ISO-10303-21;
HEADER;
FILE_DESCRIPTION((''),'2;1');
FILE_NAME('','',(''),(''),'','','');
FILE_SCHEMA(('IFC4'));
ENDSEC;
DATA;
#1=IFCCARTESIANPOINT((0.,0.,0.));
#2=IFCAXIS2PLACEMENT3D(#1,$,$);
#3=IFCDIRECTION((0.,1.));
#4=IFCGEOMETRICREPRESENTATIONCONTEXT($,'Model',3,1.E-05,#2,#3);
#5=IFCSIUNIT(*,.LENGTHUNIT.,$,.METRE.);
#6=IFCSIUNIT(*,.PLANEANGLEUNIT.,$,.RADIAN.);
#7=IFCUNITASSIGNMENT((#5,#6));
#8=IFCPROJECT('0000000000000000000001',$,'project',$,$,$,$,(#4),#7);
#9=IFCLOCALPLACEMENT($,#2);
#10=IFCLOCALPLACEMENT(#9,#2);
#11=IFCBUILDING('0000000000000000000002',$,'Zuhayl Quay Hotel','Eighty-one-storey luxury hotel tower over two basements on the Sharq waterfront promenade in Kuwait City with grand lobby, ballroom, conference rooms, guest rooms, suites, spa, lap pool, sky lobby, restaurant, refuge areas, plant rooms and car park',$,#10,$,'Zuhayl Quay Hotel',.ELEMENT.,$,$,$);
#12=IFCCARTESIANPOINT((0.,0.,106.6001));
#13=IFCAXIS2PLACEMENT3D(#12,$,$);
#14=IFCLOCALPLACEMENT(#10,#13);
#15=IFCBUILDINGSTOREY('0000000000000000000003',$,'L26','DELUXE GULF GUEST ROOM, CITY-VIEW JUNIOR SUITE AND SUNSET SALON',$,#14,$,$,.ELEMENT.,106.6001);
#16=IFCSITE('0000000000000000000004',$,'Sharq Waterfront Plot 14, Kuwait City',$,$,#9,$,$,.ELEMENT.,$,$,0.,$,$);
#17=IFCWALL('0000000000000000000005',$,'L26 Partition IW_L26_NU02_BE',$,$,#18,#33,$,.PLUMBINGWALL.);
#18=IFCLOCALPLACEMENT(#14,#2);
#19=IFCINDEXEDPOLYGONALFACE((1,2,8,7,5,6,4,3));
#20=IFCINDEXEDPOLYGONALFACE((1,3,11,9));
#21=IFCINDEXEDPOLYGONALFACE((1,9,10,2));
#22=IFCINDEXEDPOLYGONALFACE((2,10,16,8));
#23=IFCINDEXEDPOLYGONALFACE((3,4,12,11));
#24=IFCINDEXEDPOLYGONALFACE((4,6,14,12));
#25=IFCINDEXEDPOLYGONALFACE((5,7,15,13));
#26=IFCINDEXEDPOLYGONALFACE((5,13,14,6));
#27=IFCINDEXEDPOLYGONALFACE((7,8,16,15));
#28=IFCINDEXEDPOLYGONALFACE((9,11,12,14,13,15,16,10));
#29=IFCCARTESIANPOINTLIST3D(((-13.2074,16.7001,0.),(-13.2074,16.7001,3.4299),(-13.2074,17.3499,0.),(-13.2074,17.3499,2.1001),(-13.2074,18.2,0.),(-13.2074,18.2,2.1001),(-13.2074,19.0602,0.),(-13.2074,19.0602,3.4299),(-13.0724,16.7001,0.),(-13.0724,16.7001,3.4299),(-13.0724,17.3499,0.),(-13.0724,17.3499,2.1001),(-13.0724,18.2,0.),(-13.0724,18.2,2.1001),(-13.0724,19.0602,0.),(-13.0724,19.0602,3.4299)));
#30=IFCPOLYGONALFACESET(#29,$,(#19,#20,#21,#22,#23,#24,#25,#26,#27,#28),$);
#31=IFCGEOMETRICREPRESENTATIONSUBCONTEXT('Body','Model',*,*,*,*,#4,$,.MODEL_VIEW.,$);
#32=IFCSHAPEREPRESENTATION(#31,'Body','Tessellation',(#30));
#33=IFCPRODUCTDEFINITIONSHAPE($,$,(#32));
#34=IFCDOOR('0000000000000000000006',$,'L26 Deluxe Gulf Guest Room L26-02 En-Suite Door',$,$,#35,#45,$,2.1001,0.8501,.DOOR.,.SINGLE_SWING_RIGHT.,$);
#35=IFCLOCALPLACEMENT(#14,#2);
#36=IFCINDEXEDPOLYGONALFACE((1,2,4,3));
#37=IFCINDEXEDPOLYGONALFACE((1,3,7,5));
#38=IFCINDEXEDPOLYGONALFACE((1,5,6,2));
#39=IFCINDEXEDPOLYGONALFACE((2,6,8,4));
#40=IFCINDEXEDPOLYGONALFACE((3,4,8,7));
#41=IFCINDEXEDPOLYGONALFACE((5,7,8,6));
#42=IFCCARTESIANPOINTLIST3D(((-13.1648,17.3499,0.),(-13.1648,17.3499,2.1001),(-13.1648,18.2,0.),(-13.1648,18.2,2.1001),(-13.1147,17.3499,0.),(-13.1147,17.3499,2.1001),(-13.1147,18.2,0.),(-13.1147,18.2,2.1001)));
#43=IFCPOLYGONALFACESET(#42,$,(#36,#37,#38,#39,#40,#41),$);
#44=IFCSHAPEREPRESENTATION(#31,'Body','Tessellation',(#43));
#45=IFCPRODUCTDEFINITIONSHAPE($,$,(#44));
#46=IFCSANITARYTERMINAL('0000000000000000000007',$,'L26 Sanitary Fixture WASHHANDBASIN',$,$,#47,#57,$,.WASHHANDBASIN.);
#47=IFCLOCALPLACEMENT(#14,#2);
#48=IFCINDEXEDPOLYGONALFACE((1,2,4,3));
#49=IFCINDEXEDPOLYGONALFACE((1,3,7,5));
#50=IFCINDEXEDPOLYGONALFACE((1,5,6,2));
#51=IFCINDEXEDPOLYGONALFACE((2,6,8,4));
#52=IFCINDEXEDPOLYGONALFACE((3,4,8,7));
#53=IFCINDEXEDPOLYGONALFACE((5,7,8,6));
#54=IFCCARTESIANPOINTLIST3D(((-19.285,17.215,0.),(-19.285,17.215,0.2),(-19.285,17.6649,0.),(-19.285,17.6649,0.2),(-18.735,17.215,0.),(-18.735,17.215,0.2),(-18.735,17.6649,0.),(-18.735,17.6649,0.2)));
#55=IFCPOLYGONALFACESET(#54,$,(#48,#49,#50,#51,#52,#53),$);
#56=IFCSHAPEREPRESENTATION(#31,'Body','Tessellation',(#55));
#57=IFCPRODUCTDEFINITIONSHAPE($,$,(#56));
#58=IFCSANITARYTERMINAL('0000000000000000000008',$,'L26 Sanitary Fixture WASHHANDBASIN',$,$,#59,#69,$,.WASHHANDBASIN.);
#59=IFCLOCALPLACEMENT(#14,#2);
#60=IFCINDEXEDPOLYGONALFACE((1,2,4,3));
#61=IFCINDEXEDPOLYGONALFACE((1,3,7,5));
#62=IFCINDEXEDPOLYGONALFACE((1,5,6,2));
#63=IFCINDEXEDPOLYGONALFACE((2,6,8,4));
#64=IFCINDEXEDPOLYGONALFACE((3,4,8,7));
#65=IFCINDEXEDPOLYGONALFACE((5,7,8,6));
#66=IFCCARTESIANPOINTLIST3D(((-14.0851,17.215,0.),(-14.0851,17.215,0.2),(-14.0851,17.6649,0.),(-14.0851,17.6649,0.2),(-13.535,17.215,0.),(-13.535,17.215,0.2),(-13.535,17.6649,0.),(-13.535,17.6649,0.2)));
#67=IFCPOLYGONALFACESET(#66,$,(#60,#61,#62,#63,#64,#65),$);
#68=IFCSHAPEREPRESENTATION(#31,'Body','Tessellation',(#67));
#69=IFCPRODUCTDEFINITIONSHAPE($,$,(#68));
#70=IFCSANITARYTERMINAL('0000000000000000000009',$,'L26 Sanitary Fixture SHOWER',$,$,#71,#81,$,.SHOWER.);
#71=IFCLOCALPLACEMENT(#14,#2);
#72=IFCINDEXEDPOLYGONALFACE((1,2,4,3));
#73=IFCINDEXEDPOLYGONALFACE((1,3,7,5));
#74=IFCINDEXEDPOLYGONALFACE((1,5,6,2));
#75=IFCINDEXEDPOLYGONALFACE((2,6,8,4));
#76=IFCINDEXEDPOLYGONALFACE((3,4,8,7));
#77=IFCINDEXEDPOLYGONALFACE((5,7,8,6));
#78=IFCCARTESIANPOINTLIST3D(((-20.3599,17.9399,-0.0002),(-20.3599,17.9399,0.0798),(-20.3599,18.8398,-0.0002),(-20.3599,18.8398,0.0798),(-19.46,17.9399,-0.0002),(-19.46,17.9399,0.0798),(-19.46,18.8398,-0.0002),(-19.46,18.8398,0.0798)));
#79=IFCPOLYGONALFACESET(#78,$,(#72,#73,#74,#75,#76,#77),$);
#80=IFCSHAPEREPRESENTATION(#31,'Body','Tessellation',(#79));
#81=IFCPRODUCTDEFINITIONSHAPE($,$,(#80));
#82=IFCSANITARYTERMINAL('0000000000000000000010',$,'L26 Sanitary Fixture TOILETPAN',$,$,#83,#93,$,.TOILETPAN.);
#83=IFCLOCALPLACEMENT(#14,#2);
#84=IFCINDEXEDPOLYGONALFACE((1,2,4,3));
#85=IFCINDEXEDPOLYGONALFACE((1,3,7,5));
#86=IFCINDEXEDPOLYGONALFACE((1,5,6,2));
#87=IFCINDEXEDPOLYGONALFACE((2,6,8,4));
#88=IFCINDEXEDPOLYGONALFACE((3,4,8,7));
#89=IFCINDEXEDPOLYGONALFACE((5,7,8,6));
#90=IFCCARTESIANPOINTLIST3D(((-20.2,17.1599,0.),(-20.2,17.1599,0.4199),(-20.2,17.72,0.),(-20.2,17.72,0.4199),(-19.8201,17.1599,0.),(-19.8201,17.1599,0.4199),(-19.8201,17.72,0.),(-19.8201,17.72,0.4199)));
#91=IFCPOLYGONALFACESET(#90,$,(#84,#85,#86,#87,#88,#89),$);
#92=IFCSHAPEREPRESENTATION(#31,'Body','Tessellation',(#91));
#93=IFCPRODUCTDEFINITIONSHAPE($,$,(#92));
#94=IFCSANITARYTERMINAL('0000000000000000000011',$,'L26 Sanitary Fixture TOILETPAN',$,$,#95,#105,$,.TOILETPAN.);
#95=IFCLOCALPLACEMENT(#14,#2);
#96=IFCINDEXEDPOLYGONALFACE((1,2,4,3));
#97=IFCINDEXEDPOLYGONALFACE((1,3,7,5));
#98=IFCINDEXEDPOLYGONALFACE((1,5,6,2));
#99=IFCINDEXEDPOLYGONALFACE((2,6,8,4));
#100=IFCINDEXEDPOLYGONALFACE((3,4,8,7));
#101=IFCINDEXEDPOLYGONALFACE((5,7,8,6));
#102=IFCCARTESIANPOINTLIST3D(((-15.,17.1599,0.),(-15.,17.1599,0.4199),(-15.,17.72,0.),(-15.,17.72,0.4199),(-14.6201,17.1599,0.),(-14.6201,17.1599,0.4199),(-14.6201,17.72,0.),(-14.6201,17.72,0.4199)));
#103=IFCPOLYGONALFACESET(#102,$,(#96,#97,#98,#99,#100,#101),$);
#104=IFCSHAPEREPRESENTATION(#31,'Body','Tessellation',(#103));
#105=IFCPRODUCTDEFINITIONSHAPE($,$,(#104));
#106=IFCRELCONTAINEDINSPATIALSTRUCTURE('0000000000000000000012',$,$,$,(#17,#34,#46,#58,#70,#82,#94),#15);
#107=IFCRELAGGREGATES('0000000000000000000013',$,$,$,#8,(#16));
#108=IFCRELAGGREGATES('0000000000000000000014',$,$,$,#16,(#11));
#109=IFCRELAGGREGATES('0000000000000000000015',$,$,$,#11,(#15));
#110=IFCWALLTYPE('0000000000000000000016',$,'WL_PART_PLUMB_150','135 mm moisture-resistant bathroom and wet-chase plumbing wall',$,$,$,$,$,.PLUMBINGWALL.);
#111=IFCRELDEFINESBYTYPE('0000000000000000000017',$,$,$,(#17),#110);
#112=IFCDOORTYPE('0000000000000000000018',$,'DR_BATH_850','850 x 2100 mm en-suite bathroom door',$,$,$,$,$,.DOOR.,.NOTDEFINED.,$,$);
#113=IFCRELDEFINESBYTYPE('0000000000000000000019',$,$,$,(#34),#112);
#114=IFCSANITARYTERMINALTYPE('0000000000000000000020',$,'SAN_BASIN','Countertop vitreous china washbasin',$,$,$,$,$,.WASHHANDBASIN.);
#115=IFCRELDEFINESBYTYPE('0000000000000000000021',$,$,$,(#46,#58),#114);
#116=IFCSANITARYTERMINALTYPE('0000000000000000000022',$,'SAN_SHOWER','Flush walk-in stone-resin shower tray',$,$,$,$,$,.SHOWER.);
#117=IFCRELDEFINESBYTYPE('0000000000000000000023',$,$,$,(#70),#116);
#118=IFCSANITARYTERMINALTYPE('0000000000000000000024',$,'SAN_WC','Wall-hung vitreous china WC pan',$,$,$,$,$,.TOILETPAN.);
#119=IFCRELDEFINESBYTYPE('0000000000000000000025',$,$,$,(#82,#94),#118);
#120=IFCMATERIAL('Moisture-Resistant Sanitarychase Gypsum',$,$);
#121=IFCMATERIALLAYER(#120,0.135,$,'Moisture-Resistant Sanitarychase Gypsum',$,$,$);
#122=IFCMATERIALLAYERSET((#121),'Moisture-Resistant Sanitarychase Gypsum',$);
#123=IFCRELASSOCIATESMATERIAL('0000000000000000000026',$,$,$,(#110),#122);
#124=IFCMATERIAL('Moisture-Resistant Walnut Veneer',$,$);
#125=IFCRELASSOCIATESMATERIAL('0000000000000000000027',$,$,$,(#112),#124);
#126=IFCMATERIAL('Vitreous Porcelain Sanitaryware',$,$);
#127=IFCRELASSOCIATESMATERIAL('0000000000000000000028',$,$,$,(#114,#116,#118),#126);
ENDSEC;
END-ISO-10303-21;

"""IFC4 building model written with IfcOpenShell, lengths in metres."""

from ifc_helpers import new_model, si_unit, direction, frame, frame_2d, origin, origin_2d, place, context, subcontext, project, spatial, rectangle, extrude, material, layer, layer_set, type_object, element, fill, save


model = new_model("IFC4")

# Units and contexts
model_context = context("Model", 3, precision=1e-05, world=origin(), true_north=direction((0.0, 1.0)))
body_context = subcontext(model_context, "Body", "Model", "MODEL_VIEW")
ifc_project = project(units=[si_unit("LENGTHUNIT", "METRE"), si_unit("PLANEANGLEUNIT", "RADIAN")], contexts=[model_context])

# Site, building, storey
site_placement = place(None, origin())
site = spatial("IfcSite", under=ifc_project, at=site_placement, Name="Sharq Waterfront Plot 14, Kuwait City", CompositionType="ELEMENT", RefElevation=0.0)
building_placement = place(site_placement, origin())
building = spatial("IfcBuilding", under=site, at=building_placement, Name="Zuhayl Quay Hotel", Description="Eighty-one-storey luxury hotel tower over two basements on the Sharq waterfront promenade in Kuwait City with grand lobby, ballroom, conference rooms, guest rooms, suites, spa, lap pool, sky lobby, restaurant, refuge areas, plant rooms and car park", LongName="Zuhayl Quay Hotel", CompositionType="ELEMENT")
storey_placement = place(building_placement, frame((0.0, 0.0, 106.6001)))
storey = spatial("IfcBuildingStorey", under=building, at=storey_placement, Name="L26", Description="DELUXE GULF GUEST ROOM, CITY-VIEW JUNIOR SUITE AND SUNSET SALON", CompositionType="ELEMENT", Elevation=106.6001)

# Wall, opening, door
ifc_material_1 = material(Name="Moisture-Resistant Sanitarychase Gypsum")
ifc_layer_1 = layer(ifc_material_1, 0.135, Name="Moisture-Resistant Sanitarychase Gypsum")
ifc_layer_set_1 = layer_set([ifc_layer_1], Name="Moisture-Resistant Sanitarychase Gypsum")
wall_type_1 = type_object("IfcWallType", Name="WL_PART_PLUMB_150", Description="135 mm moisture-resistant bathroom and wet-chase plumbing wall", PredefinedType="PLUMBINGWALL", material=ifc_layer_set_1)
ifc_material_2 = material(Name="Moisture-Resistant Walnut Veneer")
door_type_1 = type_object("IfcDoorType", Name="DR_BATH_850", Description="850 x 2100 mm en-suite bathroom door", OperationType="NOTDEFINED", PredefinedType="DOOR", material=ifc_material_2)
wall_1_placement = place(storey_placement, frame((-13.1399, 16.7, 0.0), z_axis=(0.0, 0.0, 1.0), x_axis=(0.0, 1.0, 0.0)))
wall_1 = element("IfcWall", 1, at=wall_1_placement, inside=storey, type_object=wall_type_1, Name="L26 Partition IW_L26_NU02_BE", PredefinedType="PLUMBINGWALL", context=body_context, shape_type="SweptSolid", body=[
    extrude(rectangle(XDim=2.3601, YDim=0.135, at=frame_2d((1.1802, 0.0))), origin(), (0.0, 0.0, 1.0), 3.4299),
])
opening_1_placement = place(wall_1_placement, frame((0.6499, 0.0, 0.0)))
opening_1 = element("IfcOpeningElement", 2, at=opening_1_placement, cuts=wall_1, PredefinedType="OPENING", context=body_context, shape_type="SweptSolid", body=[
    extrude(rectangle(XDim=0.8501, YDim=2.1001, at=frame_2d((0.425, 1.05))), frame((0.0, 0.0774, 0.0), z_axis=(0.0, -1.0, 0.0), x_axis=(1.0, 0.0, 0.0)), (0.0, 0.0, 1.0), 0.155),
])
door_1_placement = place(opening_1_placement, origin())
door_1 = element("IfcDoor", 3, at=door_1_placement, inside=storey, type_object=door_type_1, Name="L26 Deluxe Gulf Guest Room L26-02 En-Suite Door", OperationType="SINGLE_SWING_RIGHT", OverallHeight=2.1001, OverallWidth=0.8501, PredefinedType="DOOR", context=body_context, shape_type="SweptSolid", body=[
    extrude(rectangle(XDim=0.8501, YDim=2.1001, at=frame_2d((0.425, 1.05))), frame((0.0, 0.0249, 0.0), z_axis=(0.0, -1.0, 0.0), x_axis=(1.0, 0.0, 0.0)), (0.0, 0.0, 1.0), 0.05),
])
fill(opening_1, door_1)

# Sanitary terminals
ifc_material_3 = material(Name="Vitreous Porcelain Sanitaryware")
sanitary_terminal_type_1 = type_object("IfcSanitaryTerminalType", Name="SAN_BASIN", Description="Countertop vitreous china washbasin", PredefinedType="WASHHANDBASIN", material=ifc_material_3)
for number, where, z_axis, x_axis, name in (
    (4, (-19.01, 17.4399, 0.0), (0.0, 0.0, 1.0), (1.0, 0.0, 0.0), "L26 Sanitary Fixture WASHHANDBASIN"),
    (5, (-13.8101, 17.4399, 0.0), (0.0, 0.0, 1.0), (1.0, 0.0, 0.0), "L26 Sanitary Fixture WASHHANDBASIN"),
):
    element("IfcSanitaryTerminal", number, at=place(storey_placement, frame(where, z_axis=z_axis, x_axis=x_axis)), inside=storey, type_object=sanitary_terminal_type_1, Name=name, PredefinedType="WASHHANDBASIN", context=body_context, shape_type="SweptSolid", body=[
        extrude(rectangle(XDim=0.55, YDim=0.45, at=origin_2d()), origin(), (0.0, 0.0, 1.0), 0.2),
    ])
sanitary_terminal_type_2 = type_object("IfcSanitaryTerminalType", Name="SAN_SHOWER", Description="Flush walk-in stone-resin shower tray", PredefinedType="SHOWER", material=ifc_material_3)
sanitary_terminal_placement = place(storey_placement, frame((-19.9099, 18.3899, -0.0002), z_axis=(0.0, 0.0, 1.0), x_axis=(1.0, 0.0, 0.0)))
element("IfcSanitaryTerminal", 6, at=sanitary_terminal_placement, inside=storey, type_object=sanitary_terminal_type_2, Name="L26 Sanitary Fixture SHOWER", PredefinedType="SHOWER", context=body_context, shape_type="SweptSolid", body=[
    extrude(rectangle(XDim=0.8999, YDim=0.8999, at=origin_2d()), origin(), (0.0, 0.0, 1.0), 0.0801),
])
sanitary_terminal_type_3 = type_object("IfcSanitaryTerminalType", Name="SAN_WC", Description="Wall-hung vitreous china WC pan", PredefinedType="TOILETPAN", material=ifc_material_3)
for number, where, z_axis, x_axis, name in (
    (7, (-20.01, 17.4399, 0.0), (0.0, 0.0, 1.0), (1.0, 0.0, 0.0), "L26 Sanitary Fixture TOILETPAN"),
    (8, (-14.8101, 17.4399, 0.0), (0.0, 0.0, 1.0), (1.0, 0.0, 0.0), "L26 Sanitary Fixture TOILETPAN"),
):
    element("IfcSanitaryTerminal", number, at=place(storey_placement, frame(where, z_axis=z_axis, x_axis=x_axis)), inside=storey, type_object=sanitary_terminal_type_3, Name=name, PredefinedType="TOILETPAN", context=body_context, shape_type="SweptSolid", body=[
        extrude(rectangle(XDim=0.3799, YDim=0.5601, at=origin_2d()), origin(), (0.0, 0.0, 1.0), 0.4199),
    ])

save(model, "model.ifc")
